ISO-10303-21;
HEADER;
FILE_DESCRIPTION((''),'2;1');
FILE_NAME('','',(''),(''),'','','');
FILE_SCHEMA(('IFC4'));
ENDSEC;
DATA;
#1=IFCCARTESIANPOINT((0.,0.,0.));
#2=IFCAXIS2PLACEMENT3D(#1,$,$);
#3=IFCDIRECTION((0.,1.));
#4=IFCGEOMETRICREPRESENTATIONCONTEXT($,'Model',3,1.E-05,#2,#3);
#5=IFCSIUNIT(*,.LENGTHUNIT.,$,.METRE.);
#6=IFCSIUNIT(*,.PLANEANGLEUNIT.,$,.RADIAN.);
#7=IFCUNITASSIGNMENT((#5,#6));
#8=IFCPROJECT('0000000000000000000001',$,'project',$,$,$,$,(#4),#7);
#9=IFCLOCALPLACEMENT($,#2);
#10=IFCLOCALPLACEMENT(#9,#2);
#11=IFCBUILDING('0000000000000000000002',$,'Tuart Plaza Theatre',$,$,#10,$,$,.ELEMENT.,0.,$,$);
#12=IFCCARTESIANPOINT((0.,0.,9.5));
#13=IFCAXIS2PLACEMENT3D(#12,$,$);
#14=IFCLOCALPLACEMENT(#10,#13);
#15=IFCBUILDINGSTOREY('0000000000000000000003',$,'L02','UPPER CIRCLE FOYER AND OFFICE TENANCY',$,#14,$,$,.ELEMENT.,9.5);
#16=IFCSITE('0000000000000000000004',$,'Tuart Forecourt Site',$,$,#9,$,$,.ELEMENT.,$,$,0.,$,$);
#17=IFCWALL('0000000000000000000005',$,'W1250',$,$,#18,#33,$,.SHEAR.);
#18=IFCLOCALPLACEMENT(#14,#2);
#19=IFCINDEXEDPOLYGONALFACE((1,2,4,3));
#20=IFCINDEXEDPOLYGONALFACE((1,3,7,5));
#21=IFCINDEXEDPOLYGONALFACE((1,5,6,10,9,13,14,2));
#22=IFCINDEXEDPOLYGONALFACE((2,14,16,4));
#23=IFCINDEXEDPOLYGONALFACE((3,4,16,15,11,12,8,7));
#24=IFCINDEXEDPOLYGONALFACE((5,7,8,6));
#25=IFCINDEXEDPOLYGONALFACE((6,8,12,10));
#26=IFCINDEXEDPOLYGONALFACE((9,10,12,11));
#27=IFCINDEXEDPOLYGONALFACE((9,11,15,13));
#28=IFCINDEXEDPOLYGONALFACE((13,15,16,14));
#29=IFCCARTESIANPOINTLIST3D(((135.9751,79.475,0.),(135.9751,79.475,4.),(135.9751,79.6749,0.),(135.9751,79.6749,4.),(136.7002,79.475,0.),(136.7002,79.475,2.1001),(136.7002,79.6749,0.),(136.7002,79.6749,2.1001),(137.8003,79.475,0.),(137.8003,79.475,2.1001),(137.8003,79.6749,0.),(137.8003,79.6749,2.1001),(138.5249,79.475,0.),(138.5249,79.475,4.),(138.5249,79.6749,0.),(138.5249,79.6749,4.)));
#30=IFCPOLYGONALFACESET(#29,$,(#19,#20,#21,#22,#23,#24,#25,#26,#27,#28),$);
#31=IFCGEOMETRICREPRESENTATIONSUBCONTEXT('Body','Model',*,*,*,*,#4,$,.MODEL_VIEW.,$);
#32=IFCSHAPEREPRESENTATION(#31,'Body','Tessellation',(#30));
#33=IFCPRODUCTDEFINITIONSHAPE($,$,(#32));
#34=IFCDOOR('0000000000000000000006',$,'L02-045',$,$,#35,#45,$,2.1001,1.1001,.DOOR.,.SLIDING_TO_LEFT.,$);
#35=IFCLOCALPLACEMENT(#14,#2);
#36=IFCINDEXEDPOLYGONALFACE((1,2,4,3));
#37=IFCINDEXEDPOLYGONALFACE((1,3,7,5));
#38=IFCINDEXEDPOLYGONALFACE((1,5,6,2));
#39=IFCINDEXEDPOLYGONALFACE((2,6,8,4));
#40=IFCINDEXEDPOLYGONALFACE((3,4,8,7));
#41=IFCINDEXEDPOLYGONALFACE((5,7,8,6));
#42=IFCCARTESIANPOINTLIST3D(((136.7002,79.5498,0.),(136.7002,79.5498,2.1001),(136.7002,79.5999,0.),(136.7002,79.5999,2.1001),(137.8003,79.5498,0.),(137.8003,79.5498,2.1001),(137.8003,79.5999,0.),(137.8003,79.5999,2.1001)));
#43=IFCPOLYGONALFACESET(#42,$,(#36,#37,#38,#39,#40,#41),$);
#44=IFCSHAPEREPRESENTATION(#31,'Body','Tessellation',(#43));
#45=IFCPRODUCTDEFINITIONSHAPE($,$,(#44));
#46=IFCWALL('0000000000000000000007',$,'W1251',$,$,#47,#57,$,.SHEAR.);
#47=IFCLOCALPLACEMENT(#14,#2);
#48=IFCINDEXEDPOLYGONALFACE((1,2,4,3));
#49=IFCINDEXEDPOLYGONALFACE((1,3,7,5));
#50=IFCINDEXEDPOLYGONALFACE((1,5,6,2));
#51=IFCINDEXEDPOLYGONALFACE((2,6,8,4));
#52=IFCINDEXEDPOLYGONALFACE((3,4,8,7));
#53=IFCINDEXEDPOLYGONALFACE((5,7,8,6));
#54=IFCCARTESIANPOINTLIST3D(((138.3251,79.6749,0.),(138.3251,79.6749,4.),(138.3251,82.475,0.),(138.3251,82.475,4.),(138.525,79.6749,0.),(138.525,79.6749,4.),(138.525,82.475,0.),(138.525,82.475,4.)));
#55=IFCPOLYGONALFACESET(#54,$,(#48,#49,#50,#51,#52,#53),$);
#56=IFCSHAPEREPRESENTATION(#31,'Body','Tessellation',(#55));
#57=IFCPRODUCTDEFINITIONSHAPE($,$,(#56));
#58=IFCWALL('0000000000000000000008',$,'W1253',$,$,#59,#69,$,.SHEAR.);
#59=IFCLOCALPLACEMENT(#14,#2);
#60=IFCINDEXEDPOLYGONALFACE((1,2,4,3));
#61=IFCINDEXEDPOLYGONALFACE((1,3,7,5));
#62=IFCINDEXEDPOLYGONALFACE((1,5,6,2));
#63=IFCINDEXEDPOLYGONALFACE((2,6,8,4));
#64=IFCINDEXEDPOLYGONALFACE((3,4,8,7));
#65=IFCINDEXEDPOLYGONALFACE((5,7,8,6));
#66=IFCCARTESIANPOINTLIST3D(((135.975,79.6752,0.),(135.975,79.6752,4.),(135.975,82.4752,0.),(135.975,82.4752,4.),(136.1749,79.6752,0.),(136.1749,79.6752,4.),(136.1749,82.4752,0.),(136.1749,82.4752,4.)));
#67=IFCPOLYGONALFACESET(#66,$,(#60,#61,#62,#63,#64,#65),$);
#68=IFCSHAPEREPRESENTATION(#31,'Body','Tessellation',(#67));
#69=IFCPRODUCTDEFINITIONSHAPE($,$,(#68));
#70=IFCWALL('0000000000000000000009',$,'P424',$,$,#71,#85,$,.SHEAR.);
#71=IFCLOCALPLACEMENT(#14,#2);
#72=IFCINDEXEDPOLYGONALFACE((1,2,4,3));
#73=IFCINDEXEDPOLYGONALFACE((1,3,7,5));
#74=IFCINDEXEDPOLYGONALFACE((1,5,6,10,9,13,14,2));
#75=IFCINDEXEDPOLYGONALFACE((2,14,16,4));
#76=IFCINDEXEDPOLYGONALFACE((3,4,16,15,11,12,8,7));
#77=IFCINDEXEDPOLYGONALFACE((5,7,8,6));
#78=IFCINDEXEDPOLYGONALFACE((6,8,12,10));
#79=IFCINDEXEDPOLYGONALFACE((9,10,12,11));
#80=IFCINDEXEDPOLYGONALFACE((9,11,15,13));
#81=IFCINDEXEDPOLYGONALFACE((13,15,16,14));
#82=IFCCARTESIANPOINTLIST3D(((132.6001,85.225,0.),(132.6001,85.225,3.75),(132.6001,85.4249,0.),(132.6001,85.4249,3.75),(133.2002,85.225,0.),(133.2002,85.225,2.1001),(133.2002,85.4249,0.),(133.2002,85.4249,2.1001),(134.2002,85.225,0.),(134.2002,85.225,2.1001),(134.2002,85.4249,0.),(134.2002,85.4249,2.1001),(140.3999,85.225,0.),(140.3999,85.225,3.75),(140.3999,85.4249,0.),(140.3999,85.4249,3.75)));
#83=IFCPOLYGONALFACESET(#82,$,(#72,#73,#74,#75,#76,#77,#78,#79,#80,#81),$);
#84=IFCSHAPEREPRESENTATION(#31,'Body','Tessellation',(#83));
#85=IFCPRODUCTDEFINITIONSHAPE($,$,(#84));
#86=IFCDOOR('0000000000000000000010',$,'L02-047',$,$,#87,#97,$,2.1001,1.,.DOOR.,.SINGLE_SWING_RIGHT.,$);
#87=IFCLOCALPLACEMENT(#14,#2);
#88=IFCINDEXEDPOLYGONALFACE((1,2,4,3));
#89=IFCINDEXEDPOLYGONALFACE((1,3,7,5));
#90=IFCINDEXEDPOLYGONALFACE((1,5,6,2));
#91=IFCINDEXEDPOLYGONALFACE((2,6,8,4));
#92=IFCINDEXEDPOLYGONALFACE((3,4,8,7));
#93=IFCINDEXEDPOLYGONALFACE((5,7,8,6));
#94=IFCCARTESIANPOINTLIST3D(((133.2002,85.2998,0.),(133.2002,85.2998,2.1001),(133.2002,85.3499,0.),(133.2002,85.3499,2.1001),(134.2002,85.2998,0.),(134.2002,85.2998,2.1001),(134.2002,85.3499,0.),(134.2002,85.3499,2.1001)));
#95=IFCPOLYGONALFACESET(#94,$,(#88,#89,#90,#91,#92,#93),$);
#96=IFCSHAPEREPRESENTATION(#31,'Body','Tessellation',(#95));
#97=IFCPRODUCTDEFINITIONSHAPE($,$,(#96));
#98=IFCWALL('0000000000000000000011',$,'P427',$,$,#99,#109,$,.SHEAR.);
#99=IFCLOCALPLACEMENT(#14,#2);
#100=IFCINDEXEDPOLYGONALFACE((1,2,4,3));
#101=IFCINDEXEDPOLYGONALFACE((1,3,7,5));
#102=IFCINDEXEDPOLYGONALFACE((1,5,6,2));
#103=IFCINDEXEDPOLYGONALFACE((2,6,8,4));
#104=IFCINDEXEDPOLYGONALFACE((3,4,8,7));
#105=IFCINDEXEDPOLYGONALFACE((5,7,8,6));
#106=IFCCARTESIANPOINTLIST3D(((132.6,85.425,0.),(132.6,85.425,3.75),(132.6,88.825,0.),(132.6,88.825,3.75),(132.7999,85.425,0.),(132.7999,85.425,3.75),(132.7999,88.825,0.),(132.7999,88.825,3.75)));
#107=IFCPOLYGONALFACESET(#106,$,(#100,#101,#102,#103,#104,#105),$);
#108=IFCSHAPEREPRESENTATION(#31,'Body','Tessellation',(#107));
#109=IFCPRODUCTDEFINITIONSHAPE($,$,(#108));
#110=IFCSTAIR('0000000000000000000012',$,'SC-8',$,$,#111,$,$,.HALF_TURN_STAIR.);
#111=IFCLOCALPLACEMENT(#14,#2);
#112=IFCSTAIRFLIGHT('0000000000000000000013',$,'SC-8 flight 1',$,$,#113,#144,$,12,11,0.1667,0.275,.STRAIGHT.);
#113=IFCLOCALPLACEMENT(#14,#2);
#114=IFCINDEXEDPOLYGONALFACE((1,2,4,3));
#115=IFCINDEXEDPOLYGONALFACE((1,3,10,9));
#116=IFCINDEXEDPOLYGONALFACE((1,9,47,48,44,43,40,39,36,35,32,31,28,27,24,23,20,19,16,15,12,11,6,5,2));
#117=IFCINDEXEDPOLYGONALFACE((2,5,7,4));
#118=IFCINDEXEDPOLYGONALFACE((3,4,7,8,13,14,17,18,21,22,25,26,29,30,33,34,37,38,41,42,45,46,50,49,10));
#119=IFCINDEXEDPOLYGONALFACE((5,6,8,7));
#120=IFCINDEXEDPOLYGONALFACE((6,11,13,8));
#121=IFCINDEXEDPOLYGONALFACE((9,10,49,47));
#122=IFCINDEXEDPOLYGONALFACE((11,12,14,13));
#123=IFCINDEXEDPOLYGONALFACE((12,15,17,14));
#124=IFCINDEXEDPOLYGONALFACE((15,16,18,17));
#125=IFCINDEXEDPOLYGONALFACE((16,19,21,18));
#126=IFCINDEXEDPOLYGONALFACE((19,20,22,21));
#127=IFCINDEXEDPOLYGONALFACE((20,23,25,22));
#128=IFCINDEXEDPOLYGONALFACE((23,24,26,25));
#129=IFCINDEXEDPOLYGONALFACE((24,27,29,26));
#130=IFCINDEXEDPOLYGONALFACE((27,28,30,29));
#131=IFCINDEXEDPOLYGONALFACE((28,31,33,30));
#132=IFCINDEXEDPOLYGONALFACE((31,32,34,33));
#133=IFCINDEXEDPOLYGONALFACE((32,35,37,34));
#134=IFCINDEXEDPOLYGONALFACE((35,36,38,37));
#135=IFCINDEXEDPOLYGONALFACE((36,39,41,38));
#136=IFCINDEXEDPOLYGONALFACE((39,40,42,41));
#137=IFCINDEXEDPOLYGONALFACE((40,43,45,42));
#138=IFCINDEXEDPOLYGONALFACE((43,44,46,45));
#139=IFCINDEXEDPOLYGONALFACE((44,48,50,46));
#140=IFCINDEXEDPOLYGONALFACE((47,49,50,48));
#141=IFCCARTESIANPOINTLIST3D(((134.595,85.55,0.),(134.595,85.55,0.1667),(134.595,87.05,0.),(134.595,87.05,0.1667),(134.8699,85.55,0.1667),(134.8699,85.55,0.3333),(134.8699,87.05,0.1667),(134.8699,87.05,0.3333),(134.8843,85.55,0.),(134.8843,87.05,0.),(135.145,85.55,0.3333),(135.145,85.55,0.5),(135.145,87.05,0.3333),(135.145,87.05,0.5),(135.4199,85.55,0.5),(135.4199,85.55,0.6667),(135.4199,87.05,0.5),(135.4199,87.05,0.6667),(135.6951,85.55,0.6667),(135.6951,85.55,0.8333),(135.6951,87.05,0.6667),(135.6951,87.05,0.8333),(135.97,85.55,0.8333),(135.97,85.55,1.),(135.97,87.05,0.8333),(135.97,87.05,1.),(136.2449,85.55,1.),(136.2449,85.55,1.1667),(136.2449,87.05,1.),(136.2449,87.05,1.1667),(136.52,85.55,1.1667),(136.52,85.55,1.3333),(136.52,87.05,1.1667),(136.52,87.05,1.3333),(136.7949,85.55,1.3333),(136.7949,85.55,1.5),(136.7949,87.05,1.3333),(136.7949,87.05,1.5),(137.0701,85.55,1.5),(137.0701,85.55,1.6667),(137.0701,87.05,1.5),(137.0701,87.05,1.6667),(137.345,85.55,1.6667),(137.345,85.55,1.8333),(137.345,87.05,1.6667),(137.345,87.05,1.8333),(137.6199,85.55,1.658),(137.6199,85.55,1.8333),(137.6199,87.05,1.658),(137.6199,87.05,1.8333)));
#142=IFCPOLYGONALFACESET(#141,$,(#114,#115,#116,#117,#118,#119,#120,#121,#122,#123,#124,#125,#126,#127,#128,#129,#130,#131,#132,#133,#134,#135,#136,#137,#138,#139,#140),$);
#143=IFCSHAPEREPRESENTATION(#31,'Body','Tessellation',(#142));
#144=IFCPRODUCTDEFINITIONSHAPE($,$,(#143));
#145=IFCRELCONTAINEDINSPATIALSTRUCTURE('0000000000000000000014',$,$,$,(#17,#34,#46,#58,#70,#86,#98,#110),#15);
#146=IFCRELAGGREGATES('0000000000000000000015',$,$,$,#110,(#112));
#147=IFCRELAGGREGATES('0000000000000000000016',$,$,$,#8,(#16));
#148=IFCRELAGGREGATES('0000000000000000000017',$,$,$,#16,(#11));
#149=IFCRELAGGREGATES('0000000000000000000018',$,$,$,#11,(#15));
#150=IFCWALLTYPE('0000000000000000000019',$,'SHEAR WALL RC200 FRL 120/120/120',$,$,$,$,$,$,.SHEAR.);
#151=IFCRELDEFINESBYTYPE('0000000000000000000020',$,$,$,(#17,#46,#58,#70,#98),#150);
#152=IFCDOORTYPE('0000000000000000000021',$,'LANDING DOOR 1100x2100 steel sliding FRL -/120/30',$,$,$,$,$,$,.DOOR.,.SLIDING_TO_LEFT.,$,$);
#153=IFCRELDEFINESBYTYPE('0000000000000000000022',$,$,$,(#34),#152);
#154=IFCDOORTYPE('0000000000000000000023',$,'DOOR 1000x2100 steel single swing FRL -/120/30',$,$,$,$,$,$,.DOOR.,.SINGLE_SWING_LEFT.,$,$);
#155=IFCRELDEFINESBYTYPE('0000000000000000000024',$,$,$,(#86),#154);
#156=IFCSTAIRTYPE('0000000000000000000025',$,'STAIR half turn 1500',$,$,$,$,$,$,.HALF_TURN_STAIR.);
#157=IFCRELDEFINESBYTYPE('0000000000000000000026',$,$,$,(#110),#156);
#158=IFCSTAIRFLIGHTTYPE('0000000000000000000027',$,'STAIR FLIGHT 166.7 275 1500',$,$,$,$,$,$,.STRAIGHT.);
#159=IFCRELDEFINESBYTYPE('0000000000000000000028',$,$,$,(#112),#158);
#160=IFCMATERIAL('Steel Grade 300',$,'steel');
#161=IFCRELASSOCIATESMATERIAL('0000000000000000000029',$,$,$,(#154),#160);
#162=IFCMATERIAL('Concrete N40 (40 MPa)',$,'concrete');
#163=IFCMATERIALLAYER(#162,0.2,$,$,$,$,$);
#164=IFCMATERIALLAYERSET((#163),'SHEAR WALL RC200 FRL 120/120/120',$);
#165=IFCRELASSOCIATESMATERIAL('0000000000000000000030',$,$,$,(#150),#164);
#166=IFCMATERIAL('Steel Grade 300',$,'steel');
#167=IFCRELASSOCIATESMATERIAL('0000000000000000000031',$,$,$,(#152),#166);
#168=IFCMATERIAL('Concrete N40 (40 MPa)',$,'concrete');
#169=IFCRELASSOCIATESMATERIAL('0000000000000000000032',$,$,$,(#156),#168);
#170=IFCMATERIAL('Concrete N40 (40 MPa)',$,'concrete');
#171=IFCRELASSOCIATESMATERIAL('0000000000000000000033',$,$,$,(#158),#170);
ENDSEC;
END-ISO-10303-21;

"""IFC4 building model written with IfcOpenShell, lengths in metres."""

from ifc_helpers import new_model, si_unit, direction, frame, frame_2d, origin, place, context, subcontext, project, spatial, polyline, rectangle, outline, extrude, material, layer, layer_set, type_object, element, fill, aggregate, save


model = new_model("IFC4")

# Units and contexts
model_context = context("Model", 3, precision=1e-05, world=origin(), true_north=direction((0.0, 1.0)))
body_context = subcontext(model_context, "Body", "Model", "MODEL_VIEW")
ifc_project = project(units=[si_unit("LENGTHUNIT", "METRE"), si_unit("PLANEANGLEUNIT", "RADIAN")], contexts=[model_context])

# Site, building, storey
site_placement = place(None, origin())
site = spatial("IfcSite", under=ifc_project, at=site_placement, Name="Tuart Forecourt Site", CompositionType="ELEMENT", RefElevation=0.0)
building_placement = place(site_placement, origin())
building = spatial("IfcBuilding", under=site, at=building_placement, Name="Tuart Plaza Theatre", CompositionType="ELEMENT", ElevationOfRefHeight=0.0)
storey_placement = place(building_placement, frame((0.0, 0.0, 9.5)))
storey = spatial("IfcBuildingStorey", under=building, at=storey_placement, Name="L02", Description="UPPER CIRCLE FOYER AND OFFICE TENANCY", CompositionType="ELEMENT", Elevation=9.5)

# Shared definitions
ifc_material_1 = material(Name="Steel Grade 300", Category="steel")
door_type_1 = type_object("IfcDoorType", Name="DOOR 1000x2100 steel single swing FRL -/120/30", OperationType="SINGLE_SWING_LEFT", PredefinedType="DOOR", material=ifc_material_1)

# Shared definitions
ifc_material_2 = material(Name="Concrete N40 (40 MPa)", Category="concrete")
ifc_layer_1 = layer(ifc_material_2, 0.2)
ifc_layer_set_1 = layer_set([ifc_layer_1], Name="SHEAR WALL RC200 FRL 120/120/120")
wall_type_1 = type_object("IfcWallType", Name="SHEAR WALL RC200 FRL 120/120/120", PredefinedType="SHEAR", material=ifc_layer_set_1)

# Shared definitions
ifc_material_3 = material(Name="Steel Grade 300", Category="steel")
door_type_2 = type_object("IfcDoorType", Name="LANDING DOOR 1100x2100 steel sliding FRL -/120/30", OperationType="SLIDING_TO_LEFT", PredefinedType="DOOR", material=ifc_material_3)

# Wall, opening, door
wall_1_placement = place(storey_placement, frame((135.9751, 79.575, 0.0), z_axis=(0.0, 0.0, 1.0), x_axis=(1.0, 0.0, 0.0)))
wall_1 = element("IfcWall", 1, at=wall_1_placement, inside=storey, type_object=wall_type_1, Name="W1250", PredefinedType="SHEAR", context=body_context, shape_type="SweptSolid", body=[
    extrude(rectangle(XDim=2.5498, YDim=0.2, at=frame_2d((1.2749, 0.0))), origin(), (0.0, 0.0, 1.0), 4.0),
])
opening_1_placement = place(wall_1_placement, frame((0.7251, 0.0, 0.0)))
opening_1 = element("IfcOpeningElement", 2, at=opening_1_placement, cuts=wall_1, PredefinedType="OPENING", context=body_context, shape_type="SweptSolid", body=[
    extrude(rectangle(XDim=1.1001, YDim=2.1001, at=frame_2d((0.55, 1.05))), frame((0.0, 0.1099, 0.0), z_axis=(0.0, -1.0, 0.0), x_axis=(1.0, 0.0, 0.0)), (0.0, 0.0, 1.0), 0.22),
])
door_1_placement = place(opening_1_placement, origin())
door_1 = element("IfcDoor", 3, at=door_1_placement, inside=storey, type_object=door_type_2, Name="L02-045", OperationType="SLIDING_TO_LEFT", OverallHeight=2.1001, OverallWidth=1.1001, PredefinedType="DOOR", context=body_context, shape_type="SweptSolid", body=[
    extrude(rectangle(XDim=1.1001, YDim=2.1001, at=frame_2d((0.55, 1.05))), frame((0.0, 0.0249, 0.0), z_axis=(0.0, -1.0, 0.0), x_axis=(1.0, 0.0, 0.0)), (0.0, 0.0, 1.0), 0.05),
])
fill(opening_1, door_1)

# Walls
for number, where, z_axis, x_axis, name in (
    (4, (138.425, 79.675, 0.0), (0.0, 0.0, 1.0), (0.0, 1.0, 0.0), "W1251"),
    (5, (136.075, 82.4751, 0.0), (0.0, 0.0, 1.0), (0.0, -1.0, 0.0), "W1253"),
):
    element("IfcWall", number, at=place(storey_placement, frame(where, z_axis=z_axis, x_axis=x_axis)), inside=storey, type_object=wall_type_1, Name=name, PredefinedType="SHEAR", context=body_context, shape_type="SweptSolid", body=[
        extrude(rectangle(XDim=2.8, YDim=0.2, at=frame_2d((1.3999, 0.0))), origin(), (0.0, 0.0, 1.0), 4.0),
    ])

# Wall, opening, door
wall_2_placement = place(storey_placement, frame((132.6001, 85.325, 0.0), z_axis=(0.0, 0.0, 1.0), x_axis=(1.0, 0.0, 0.0)))
wall_2 = element("IfcWall", 6, at=wall_2_placement, inside=storey, type_object=wall_type_1, Name="P424", PredefinedType="SHEAR", context=body_context, shape_type="SweptSolid", body=[
    extrude(rectangle(XDim=7.7998, YDim=0.2, at=frame_2d((3.8999, 0.0))), origin(), (0.0, 0.0, 1.0), 3.75),
])
opening_2_placement = place(wall_2_placement, frame((0.6001, 0.0, 0.0)))
opening_2 = element("IfcOpeningElement", 7, at=opening_2_placement, cuts=wall_2, PredefinedType="OPENING", context=body_context, shape_type="SweptSolid", body=[
    extrude(rectangle(XDim=1.0, YDim=2.1001, at=frame_2d((0.5, 1.05))), frame((0.0, 0.1099, 0.0), z_axis=(0.0, -1.0, 0.0), x_axis=(1.0, 0.0, 0.0)), (0.0, 0.0, 1.0), 0.22),
])
door_2_placement = place(opening_2_placement, origin())
door_2 = element("IfcDoor", 8, at=door_2_placement, inside=storey, type_object=door_type_1, Name="L02-047", OperationType="SINGLE_SWING_RIGHT", OverallHeight=2.1001, OverallWidth=1.0, PredefinedType="DOOR", context=body_context, shape_type="SweptSolid", body=[
    extrude(rectangle(XDim=1.0, YDim=2.1001, at=frame_2d((0.5, 1.05))), frame((0.0, 0.0249, 0.0), z_axis=(0.0, -1.0, 0.0), x_axis=(1.0, 0.0, 0.0)), (0.0, 0.0, 1.0), 0.05),
])
fill(opening_2, door_2)

# Wall
wall_3_placement = place(storey_placement, frame((132.7, 88.825, 0.0), z_axis=(0.0, 0.0, 1.0), x_axis=(0.0, -1.0, 0.0)))
element("IfcWall", 9, at=wall_3_placement, inside=storey, type_object=wall_type_1, Name="P427", PredefinedType="SHEAR", context=body_context, shape_type="SweptSolid", body=[
    extrude(rectangle(XDim=3.3999, YDim=0.2, at=frame_2d((1.7, 0.0))), origin(), (0.0, 0.0, 1.0), 3.75),
])

# Stair, stair flight
ifc_material_4 = material(Name="Concrete N40 (40 MPa)", Category="concrete")
stair_type = type_object("IfcStairType", Name="STAIR half turn 1500", PredefinedType="HALF_TURN_STAIR", material=ifc_material_4)
stair_placement = place(storey_placement, origin())
stair = element("IfcStair", 10, at=stair_placement, inside=storey, type_object=stair_type, Name="SC-8", PredefinedType="HALF_TURN_STAIR")
ifc_material_5 = material(Name="Concrete N40 (40 MPa)", Category="concrete")
stair_flight_type = type_object("IfcStairFlightType", Name="STAIR FLIGHT 166.7 275 1500", PredefinedType="STRAIGHT", material=ifc_material_5)
stair_flight_placement = place(storey_placement, frame((134.595, 86.3, 0.0), z_axis=(0.0, 0.0, 1.0), x_axis=(1.0, 0.0, 0.0)))
stair_flight = element("IfcStairFlight", 11, at=stair_flight_placement, type_object=stair_flight_type, Name="SC-8 flight 1", NumberOfRisers=12, NumberOfTreads=11, PredefinedType="STRAIGHT", RiserHeight=0.1667, TreadLength=0.275, context=body_context, shape_type="SweptSolid", body=[
    extrude(outline(polyline([(0.0, 0.0), (0.0, 0.1667), (0.2749, 0.1667), (0.2749, 0.3333), (0.55, 0.3333), (0.55, 0.5), (0.825, 0.5), (0.825, 0.6667), (1.1001, 0.6667), (1.1001, 0.8333), (1.375, 0.8333), (1.375, 1.0), (1.6499, 1.0), (1.6499, 1.1667), (1.925, 1.1667), (1.925, 1.3333), (2.2, 1.3333), (2.2, 1.5), (2.4751, 1.5), (2.4751, 1.6667), (2.75, 1.6667), (2.75, 1.8333), (3.0249, 1.8333), (3.0249, 2.0), (3.0249, 1.658), (0.2893, 0.0), (0.0, 0.0)])), frame((0.0, 0.75, 0.0), z_axis=(0.0, -1.0, 0.0), x_axis=(1.0, 0.0, 0.0)), (0.0, 0.0, 1.0), 1.5),
])
aggregate(stair, [stair_flight])

save(model, "model.ifc")
